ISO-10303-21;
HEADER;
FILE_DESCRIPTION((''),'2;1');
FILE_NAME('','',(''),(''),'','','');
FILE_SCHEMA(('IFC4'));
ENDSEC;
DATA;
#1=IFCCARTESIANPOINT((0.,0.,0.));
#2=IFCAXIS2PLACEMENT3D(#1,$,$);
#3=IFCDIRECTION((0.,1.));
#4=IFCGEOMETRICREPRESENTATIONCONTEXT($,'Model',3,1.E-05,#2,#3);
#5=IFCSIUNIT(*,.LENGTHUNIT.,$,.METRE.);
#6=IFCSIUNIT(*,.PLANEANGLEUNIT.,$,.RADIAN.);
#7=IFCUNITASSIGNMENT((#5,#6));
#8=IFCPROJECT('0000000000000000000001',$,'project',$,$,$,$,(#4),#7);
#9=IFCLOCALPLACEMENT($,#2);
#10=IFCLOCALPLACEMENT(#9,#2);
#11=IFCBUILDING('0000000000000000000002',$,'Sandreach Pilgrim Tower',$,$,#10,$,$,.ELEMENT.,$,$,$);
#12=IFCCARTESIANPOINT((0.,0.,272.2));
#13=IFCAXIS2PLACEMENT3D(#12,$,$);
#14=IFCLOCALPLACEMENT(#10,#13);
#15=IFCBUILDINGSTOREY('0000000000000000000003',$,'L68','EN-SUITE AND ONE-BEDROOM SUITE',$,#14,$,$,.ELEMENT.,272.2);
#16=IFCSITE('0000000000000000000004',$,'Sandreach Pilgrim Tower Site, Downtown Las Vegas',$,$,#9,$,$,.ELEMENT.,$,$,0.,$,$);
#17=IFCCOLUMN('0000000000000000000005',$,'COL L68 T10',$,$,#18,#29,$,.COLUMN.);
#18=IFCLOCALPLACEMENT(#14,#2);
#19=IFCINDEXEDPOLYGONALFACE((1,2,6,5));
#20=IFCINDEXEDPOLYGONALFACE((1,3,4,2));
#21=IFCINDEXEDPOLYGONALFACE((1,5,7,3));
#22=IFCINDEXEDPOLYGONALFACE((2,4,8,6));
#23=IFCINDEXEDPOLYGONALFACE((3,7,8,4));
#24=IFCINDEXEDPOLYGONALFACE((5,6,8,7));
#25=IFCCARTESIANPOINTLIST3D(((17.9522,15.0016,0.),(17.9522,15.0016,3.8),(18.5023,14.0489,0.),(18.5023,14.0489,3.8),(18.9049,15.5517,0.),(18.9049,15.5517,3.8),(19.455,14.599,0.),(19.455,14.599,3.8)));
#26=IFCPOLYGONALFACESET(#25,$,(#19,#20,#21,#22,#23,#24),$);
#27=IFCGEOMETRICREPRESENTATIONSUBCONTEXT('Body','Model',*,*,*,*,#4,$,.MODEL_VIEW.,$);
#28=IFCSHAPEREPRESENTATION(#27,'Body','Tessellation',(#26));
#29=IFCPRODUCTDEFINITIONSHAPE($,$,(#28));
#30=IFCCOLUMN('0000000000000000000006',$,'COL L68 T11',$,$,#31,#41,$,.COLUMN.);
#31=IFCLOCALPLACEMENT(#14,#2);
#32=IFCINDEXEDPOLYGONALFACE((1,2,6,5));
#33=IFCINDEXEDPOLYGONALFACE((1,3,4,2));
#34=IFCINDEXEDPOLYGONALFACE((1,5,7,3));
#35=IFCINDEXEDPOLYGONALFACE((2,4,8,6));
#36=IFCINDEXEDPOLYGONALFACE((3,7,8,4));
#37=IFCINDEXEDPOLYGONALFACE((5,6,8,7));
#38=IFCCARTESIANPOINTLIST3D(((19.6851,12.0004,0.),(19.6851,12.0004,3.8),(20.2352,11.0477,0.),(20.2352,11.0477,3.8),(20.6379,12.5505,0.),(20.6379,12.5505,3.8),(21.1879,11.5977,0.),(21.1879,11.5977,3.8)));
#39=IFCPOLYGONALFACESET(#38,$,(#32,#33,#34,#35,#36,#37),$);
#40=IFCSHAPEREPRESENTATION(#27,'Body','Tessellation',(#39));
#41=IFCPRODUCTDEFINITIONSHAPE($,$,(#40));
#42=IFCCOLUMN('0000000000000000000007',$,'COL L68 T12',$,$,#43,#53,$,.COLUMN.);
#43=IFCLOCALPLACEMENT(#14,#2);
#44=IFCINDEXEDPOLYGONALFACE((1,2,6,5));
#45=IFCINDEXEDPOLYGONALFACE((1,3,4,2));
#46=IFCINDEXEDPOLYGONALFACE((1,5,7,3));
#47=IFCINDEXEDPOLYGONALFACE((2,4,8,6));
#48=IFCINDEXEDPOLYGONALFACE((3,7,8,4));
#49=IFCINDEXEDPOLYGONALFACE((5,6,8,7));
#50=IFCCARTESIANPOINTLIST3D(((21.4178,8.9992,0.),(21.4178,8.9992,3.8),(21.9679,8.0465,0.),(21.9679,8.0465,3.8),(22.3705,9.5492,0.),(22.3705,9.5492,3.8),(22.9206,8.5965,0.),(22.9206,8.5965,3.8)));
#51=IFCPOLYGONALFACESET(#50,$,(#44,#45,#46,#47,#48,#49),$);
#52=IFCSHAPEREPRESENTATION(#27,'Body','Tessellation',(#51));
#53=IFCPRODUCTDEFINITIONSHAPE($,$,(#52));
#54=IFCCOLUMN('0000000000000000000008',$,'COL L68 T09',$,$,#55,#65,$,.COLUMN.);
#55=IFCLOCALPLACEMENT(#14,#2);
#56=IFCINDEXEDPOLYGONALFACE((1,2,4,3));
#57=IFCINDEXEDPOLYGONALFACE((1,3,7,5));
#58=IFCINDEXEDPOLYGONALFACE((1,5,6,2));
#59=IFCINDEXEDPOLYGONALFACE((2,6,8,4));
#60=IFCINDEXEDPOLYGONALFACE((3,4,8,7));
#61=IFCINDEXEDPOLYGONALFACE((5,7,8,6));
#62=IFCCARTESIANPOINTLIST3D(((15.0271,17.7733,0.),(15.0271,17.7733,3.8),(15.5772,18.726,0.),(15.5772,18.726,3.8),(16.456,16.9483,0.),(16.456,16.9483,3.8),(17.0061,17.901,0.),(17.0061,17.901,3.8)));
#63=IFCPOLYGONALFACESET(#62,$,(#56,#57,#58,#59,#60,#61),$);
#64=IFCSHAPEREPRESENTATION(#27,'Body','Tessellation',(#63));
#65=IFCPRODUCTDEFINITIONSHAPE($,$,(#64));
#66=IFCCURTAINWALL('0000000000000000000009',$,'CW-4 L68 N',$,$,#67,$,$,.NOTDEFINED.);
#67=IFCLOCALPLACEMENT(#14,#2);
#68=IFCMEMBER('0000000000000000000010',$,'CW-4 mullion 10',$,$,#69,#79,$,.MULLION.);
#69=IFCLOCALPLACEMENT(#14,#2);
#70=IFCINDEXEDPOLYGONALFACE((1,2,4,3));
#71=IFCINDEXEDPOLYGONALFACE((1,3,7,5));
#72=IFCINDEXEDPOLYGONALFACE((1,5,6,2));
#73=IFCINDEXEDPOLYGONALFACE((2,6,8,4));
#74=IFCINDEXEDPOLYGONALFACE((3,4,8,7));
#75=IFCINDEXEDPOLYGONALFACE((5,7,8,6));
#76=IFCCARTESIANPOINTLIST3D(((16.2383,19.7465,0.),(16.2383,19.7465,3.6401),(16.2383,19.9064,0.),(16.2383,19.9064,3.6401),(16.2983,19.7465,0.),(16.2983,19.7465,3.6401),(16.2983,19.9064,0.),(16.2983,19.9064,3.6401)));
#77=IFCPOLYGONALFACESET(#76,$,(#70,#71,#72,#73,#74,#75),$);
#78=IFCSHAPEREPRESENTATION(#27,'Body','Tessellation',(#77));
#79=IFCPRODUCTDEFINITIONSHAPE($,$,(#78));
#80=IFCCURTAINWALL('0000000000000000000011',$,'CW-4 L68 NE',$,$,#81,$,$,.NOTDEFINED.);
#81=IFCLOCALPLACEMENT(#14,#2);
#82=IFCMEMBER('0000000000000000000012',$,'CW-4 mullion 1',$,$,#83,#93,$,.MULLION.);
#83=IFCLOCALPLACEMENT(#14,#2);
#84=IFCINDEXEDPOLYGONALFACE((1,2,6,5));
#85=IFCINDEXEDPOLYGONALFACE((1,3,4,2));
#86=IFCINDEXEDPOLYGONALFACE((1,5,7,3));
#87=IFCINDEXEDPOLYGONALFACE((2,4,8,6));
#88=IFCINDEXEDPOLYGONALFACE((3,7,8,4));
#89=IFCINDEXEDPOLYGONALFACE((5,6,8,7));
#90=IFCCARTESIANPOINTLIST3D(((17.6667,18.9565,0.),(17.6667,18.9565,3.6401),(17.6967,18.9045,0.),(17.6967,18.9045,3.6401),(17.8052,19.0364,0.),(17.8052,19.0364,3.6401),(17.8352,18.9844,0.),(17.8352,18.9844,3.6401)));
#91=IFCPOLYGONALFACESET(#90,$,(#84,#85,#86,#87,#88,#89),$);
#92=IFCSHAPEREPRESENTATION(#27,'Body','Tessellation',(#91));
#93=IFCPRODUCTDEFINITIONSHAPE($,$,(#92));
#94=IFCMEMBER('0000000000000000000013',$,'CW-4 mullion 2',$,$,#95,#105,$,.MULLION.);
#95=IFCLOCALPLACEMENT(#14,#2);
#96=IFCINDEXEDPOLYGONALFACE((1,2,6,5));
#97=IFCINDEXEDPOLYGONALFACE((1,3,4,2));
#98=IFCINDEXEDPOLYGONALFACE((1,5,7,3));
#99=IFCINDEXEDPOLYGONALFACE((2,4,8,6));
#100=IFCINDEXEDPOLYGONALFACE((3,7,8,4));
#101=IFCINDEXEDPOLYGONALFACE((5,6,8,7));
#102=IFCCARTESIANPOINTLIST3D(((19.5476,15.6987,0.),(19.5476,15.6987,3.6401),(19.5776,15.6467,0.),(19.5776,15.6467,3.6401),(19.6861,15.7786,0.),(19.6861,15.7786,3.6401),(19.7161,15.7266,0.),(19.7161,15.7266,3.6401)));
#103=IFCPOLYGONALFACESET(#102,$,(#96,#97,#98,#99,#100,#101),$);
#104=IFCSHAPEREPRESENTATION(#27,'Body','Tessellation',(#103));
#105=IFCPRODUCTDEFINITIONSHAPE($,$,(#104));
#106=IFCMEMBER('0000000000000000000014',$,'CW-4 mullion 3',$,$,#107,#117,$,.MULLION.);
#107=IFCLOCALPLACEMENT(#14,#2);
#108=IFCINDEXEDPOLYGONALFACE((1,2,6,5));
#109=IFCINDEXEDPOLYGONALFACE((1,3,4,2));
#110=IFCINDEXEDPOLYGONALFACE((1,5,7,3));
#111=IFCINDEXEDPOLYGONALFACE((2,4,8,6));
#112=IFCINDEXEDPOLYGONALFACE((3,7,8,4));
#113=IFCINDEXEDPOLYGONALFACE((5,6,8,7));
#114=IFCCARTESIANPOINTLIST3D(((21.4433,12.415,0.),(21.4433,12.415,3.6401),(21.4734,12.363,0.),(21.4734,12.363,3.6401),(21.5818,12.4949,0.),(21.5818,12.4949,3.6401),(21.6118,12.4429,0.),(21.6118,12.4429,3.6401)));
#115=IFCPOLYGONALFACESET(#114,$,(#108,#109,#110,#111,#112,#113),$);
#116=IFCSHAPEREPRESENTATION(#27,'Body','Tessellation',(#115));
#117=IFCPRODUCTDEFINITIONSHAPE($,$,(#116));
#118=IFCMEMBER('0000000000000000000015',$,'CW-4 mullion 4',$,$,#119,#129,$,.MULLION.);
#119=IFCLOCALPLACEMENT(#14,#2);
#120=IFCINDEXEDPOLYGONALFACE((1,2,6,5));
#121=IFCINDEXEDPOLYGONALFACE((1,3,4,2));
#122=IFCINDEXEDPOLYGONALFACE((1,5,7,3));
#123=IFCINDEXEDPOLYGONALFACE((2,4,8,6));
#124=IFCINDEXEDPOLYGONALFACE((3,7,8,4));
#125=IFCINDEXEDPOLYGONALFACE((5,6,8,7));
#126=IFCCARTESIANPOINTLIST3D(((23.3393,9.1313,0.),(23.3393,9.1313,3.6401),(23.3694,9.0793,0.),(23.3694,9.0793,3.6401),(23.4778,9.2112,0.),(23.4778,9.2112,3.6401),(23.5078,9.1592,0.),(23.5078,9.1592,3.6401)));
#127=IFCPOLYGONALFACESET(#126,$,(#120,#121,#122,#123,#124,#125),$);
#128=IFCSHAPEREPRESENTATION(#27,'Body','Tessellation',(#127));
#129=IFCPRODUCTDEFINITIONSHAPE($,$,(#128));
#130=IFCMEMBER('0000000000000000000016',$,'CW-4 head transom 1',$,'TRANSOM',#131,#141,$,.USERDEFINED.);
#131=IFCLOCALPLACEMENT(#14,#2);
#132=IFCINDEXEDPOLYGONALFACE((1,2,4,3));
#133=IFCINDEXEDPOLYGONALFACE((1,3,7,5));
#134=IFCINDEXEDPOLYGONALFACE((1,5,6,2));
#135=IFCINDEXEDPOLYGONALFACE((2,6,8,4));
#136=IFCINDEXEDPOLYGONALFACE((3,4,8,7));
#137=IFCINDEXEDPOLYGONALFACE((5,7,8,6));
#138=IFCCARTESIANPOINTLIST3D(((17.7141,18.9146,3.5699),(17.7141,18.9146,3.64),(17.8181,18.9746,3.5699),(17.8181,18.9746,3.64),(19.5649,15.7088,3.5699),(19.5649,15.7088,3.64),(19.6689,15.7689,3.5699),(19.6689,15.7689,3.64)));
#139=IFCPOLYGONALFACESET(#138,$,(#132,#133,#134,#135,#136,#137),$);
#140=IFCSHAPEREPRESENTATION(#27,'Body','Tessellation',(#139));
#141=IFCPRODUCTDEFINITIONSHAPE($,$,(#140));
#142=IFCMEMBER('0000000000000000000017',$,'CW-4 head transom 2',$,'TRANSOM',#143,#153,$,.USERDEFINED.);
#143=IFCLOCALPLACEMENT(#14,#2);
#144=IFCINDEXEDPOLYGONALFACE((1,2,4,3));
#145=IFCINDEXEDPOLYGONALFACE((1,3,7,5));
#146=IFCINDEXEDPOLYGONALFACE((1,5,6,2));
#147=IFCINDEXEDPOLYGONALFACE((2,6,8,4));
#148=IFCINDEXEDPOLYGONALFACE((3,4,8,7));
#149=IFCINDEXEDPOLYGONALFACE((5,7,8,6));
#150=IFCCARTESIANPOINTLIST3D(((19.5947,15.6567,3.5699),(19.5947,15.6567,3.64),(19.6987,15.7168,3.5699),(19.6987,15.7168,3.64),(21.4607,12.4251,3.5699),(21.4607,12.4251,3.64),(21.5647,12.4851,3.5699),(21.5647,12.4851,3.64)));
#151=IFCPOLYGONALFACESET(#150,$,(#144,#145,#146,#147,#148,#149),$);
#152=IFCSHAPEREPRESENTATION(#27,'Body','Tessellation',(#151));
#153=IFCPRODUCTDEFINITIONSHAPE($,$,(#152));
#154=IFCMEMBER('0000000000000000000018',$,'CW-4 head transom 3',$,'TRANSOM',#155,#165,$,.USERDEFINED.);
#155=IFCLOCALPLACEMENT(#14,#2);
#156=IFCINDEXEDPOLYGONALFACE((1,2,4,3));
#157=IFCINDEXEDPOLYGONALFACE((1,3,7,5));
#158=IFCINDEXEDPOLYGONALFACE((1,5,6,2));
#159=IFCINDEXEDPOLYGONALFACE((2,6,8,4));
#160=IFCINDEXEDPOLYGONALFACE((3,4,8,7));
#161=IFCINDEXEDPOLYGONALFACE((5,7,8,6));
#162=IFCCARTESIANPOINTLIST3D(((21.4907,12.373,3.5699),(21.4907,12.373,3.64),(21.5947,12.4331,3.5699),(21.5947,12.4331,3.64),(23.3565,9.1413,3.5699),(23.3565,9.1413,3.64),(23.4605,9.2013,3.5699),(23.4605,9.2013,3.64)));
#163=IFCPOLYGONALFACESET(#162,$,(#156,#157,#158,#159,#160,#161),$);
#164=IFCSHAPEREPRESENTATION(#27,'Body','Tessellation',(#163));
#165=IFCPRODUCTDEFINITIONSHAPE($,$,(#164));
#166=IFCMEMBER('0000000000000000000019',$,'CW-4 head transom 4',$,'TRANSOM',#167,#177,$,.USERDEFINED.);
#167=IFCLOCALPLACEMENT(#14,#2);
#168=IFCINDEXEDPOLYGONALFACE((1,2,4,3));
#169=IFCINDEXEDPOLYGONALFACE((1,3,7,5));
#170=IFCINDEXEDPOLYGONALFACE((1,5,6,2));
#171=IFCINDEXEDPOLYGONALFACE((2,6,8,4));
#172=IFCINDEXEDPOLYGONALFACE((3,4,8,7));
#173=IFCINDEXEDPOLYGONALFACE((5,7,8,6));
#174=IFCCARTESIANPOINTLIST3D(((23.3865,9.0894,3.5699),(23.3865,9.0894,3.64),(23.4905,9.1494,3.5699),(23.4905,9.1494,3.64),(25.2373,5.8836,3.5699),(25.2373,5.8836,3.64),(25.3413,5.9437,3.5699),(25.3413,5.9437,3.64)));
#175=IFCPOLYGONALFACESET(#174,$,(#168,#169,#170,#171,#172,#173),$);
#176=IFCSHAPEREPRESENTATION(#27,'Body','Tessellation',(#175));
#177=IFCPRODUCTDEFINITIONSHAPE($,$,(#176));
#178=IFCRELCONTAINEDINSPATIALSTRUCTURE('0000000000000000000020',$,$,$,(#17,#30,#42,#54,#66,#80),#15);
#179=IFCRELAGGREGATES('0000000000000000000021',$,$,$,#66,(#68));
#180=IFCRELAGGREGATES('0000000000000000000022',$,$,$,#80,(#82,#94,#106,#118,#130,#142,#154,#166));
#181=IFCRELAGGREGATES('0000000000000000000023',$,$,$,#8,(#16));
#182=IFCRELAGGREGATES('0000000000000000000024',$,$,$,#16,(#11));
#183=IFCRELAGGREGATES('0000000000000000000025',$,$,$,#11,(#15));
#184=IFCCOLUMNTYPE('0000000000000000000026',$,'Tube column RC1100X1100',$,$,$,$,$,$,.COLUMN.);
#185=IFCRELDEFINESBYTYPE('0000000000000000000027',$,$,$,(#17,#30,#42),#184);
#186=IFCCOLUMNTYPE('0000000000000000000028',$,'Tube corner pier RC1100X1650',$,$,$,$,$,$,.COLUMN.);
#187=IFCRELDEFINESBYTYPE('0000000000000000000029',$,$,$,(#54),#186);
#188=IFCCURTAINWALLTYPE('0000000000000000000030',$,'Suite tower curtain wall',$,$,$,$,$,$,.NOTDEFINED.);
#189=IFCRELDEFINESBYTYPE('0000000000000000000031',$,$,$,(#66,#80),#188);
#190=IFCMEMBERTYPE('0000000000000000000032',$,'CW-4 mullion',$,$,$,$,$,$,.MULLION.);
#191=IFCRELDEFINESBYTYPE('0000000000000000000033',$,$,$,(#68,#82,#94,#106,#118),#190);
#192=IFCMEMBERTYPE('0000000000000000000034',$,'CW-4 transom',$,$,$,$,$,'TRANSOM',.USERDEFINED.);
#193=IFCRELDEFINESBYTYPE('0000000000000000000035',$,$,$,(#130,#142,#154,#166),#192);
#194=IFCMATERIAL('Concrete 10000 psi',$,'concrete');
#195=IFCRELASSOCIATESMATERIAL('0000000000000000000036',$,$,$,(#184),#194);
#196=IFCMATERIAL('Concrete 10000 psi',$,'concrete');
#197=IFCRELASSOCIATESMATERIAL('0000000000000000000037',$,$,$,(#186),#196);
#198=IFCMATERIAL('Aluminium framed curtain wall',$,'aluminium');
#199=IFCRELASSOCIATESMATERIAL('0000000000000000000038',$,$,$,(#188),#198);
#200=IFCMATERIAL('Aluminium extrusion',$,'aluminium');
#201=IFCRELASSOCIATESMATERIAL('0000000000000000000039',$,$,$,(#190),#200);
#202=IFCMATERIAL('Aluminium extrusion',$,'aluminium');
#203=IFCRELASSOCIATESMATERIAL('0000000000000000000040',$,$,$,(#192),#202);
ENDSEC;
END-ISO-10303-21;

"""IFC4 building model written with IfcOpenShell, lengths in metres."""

from ifc_helpers import new_model, si_unit, direction, frame, origin, origin_2d, place, context, subcontext, project, spatial, rectangle, extrude, material, material_profile, profile_set, type_object, element, aggregate, save


model = new_model("IFC4")

# Units and contexts
model_context = context("Model", 3, precision=1e-05, world=origin(), true_north=direction((0.0, 1.0)))
body_context = subcontext(model_context, "Body", "Model", "MODEL_VIEW")
ifc_project = project(units=[si_unit("LENGTHUNIT", "METRE"), si_unit("PLANEANGLEUNIT", "RADIAN")], contexts=[model_context])

# Site, building, storey
site_placement = place(None, origin())
site = spatial("IfcSite", under=ifc_project, at=site_placement, Name="Sandreach Pilgrim Tower Site, Downtown Las Vegas", CompositionType="ELEMENT", RefElevation=0.0)
building_placement = place(site_placement, origin())
building = spatial("IfcBuilding", under=site, at=building_placement, Name="Sandreach Pilgrim Tower", CompositionType="ELEMENT")
storey_placement = place(building_placement, frame((0.0, 0.0, 272.2)))
storey = spatial("IfcBuildingStorey", under=building, at=storey_placement, Name="L68", Description="EN-SUITE AND ONE-BEDROOM SUITE", CompositionType="ELEMENT", Elevation=272.2)

# Columns
ifc_material_1 = material(Name="Concrete 10000 psi", Category="concrete")
ifc_material_profile_1 = material_profile(ifc_material_1, rectangle(XDim=1.1001, YDim=1.1001, at=origin_2d()), Name="RC1100X1100")
ifc_profile_set_1 = profile_set([ifc_material_profile_1], Name="Concrete 10000 psi")
column_type_1 = type_object("IfcColumnType", Name="Tube column RC1100X1100", PredefinedType="COLUMN", material=ifc_profile_set_1)
for number, where, z_axis, x_axis, name in (
    (1, (18.7036, 14.8003, 0.0), (0.0, 0.0, 1.0), (0.866025, 0.5, 0.0), "COL L68 T10"),
    (2, (20.4365, 11.7991, 0.0), (0.0, 0.0, 1.0), (0.866025, 0.5, 0.0), "COL L68 T11"),
    (3, (22.1692, 8.7979, 0.0), (0.0, 0.0, 1.0), (0.866025, 0.5, 0.0), "COL L68 T12"),
):
    element("IfcColumn", number, at=place(storey_placement, frame(where, z_axis=z_axis, x_axis=x_axis)), inside=storey, type_object=column_type_1, Name=name, PredefinedType="COLUMN", context=body_context, shape_type="SweptSolid", body=[
        extrude(rectangle(XDim=1.1001, YDim=1.1001, at=origin_2d()), origin(), (0.0, 0.0, 1.0), 3.8),
    ])
ifc_material_2 = material(Name="Concrete 10000 psi", Category="concrete")
ifc_material_profile_2 = material_profile(ifc_material_2, rectangle(XDim=1.1001, YDim=1.6499, at=origin_2d()), Name="RC1100X1650")
ifc_profile_set_2 = profile_set([ifc_material_profile_2], Name="Concrete 10000 psi")
column_type_2 = type_object("IfcColumnType", Name="Tube corner pier RC1100X1650", PredefinedType="COLUMN", material=ifc_profile_set_2)
column_placement = place(storey_placement, frame((16.0166, 17.8372, 0.0), z_axis=(0.0, 0.0, 1.0), x_axis=(0.5, 0.866025, 0.0)))
element("IfcColumn", 4, at=column_placement, inside=storey, type_object=column_type_2, Name="COL L68 T09", PredefinedType="COLUMN", context=body_context, shape_type="SweptSolid", body=[
    extrude(rectangle(XDim=1.1001, YDim=1.6499, at=origin_2d()), origin(), (0.0, 0.0, 1.0), 3.8),
])

# Curtain wall, member
ifc_material_3 = material(Name="Aluminium framed curtain wall", Category="aluminium")
curtain_wall_type = type_object("IfcCurtainWallType", Name="Suite tower curtain wall", PredefinedType="NOTDEFINED", material=ifc_material_3)
curtain_wall_1_placement = place(storey_placement, origin())
curtain_wall_1 = element("IfcCurtainWall", 5, at=curtain_wall_1_placement, inside=storey, type_object=curtain_wall_type, Name="CW-4 L68 N", PredefinedType="NOTDEFINED")
ifc_material_4 = material(Name="Aluminium extrusion", Category="aluminium")
ifc_material_profile_3 = material_profile(ifc_material_4, rectangle(XDim=0.0601, YDim=0.1599, at=origin_2d()), Name="CW-4M 60X160")
ifc_profile_set_3 = profile_set([ifc_material_profile_3], Name="Aluminium extrusion")
member_type_1 = type_object("IfcMemberType", Name="CW-4 mullion", PredefinedType="MULLION", material=ifc_profile_set_3)
member_1_placement = place(storey_placement, frame((16.2683, 19.8264, 0.0), z_axis=(0.0, 0.0, 1.0), x_axis=(1.0, 0.0, 0.0)))
member_1 = element("IfcMember", 6, at=member_1_placement, type_object=member_type_1, Name="CW-4 mullion 10", PredefinedType="MULLION", context=body_context, shape_type="SweptSolid", body=[
    extrude(rectangle(XDim=0.0601, YDim=0.1599, at=origin_2d()), origin(), (0.0, 0.0, 1.0), 3.6401),
])

# Curtain wall, members
curtain_wall_2_placement = place(storey_placement, origin())
curtain_wall_2 = element("IfcCurtainWall", 7, at=curtain_wall_2_placement, inside=storey, type_object=curtain_wall_type, Name="CW-4 L68 NE", PredefinedType="NOTDEFINED")
member_2_placement = place(storey_placement, frame((17.751, 18.9705, 0.0), z_axis=(0.0, 0.0, 1.0), x_axis=(0.5, -0.866025, 0.0)))
member_2 = element("IfcMember", 8, at=member_2_placement, type_object=member_type_1, Name="CW-4 mullion 1", PredefinedType="MULLION", context=body_context, shape_type="SweptSolid", body=[
    extrude(rectangle(XDim=0.0601, YDim=0.1599, at=origin_2d()), origin(), (0.0, 0.0, 1.0), 3.6401),
])
member_3_placement = place(storey_placement, frame((19.6318, 15.7126, 0.0), z_axis=(0.0, 0.0, 1.0), x_axis=(0.5, -0.866025, 0.0)))
member_3 = element("IfcMember", 9, at=member_3_placement, type_object=member_type_1, Name="CW-4 mullion 2", PredefinedType="MULLION", context=body_context, shape_type="SweptSolid", body=[
    extrude(rectangle(XDim=0.0601, YDim=0.1599, at=origin_2d()), origin(), (0.0, 0.0, 1.0), 3.6401),
])
member_4_placement = place(storey_placement, frame((21.5276, 12.429, 0.0), z_axis=(0.0, 0.0, 1.0), x_axis=(0.5, -0.866025, 0.0)))
member_4 = element("IfcMember", 10, at=member_4_placement, type_object=member_type_1, Name="CW-4 mullion 3", PredefinedType="MULLION", context=body_context, shape_type="SweptSolid", body=[
    extrude(rectangle(XDim=0.0601, YDim=0.1599, at=origin_2d()), origin(), (0.0, 0.0, 1.0), 3.6401),
])
member_5_placement = place(storey_placement, frame((23.4236, 9.1453, 0.0), z_axis=(0.0, 0.0, 1.0), x_axis=(0.5, -0.866025, 0.0)))
member_5 = element("IfcMember", 11, at=member_5_placement, type_object=member_type_1, Name="CW-4 mullion 4", PredefinedType="MULLION", context=body_context, shape_type="SweptSolid", body=[
    extrude(rectangle(XDim=0.0601, YDim=0.1599, at=origin_2d()), origin(), (0.0, 0.0, 1.0), 3.6401),
])
ifc_material_5 = material(Name="Aluminium extrusion", Category="aluminium")
ifc_material_profile_4 = material_profile(ifc_material_5, rectangle(XDim=0.1201, YDim=0.0701, at=origin_2d()), Name="CW-4T 120X70")
ifc_profile_set_4 = profile_set([ifc_material_profile_4], Name="Aluminium extrusion")
member_type_2 = type_object("IfcMemberType", Name="CW-4 transom", ElementType="TRANSOM", PredefinedType="USERDEFINED", material=ifc_profile_set_4)
member_6_placement = place(storey_placement, frame((17.7661, 18.9446, 3.605), z_axis=(0.499991, -0.866031, 0.0), x_axis=(0.866031, 0.499991, 0.0)))
member_6 = element("IfcMember", 12, at=member_6_placement, type_object=member_type_2, Name="CW-4 head transom 1", ObjectType="TRANSOM", PredefinedType="USERDEFINED", context=body_context, shape_type="SweptSolid", body=[
    extrude(rectangle(XDim=0.1201, YDim=0.0701, at=origin_2d()), origin(), (0.0, 0.0, 1.0), 3.7017),
])
member_7_placement = place(storey_placement, frame((19.6467, 15.6868, 3.605), z_axis=(0.50003, -0.866008, 0.0), x_axis=(0.866008, 0.50003, 0.0)))
member_7 = element("IfcMember", 13, at=member_7_placement, type_object=member_type_2, Name="CW-4 head transom 2", ObjectType="TRANSOM", PredefinedType="USERDEFINED", context=body_context, shape_type="SweptSolid", body=[
    extrude(rectangle(XDim=0.1201, YDim=0.0701, at=origin_2d()), origin(), (0.0, 0.0, 1.0), 3.7317),
])
member_8_placement = place(storey_placement, frame((21.5427, 12.4031, 3.605), z_axis=(0.499981, -0.866036, 0.0), x_axis=(0.866036, 0.499981, 0.0)))
member_8 = element("IfcMember", 14, at=member_8_placement, type_object=member_type_2, Name="CW-4 head transom 3", ObjectType="TRANSOM", PredefinedType="USERDEFINED", context=body_context, shape_type="SweptSolid", body=[
    extrude(rectangle(XDim=0.1201, YDim=0.0701, at=origin_2d()), origin(), (0.0, 0.0, 1.0), 3.7317),
])
member_9_placement = place(storey_placement, frame((23.4385, 9.1194, 3.605), z_axis=(0.499991, -0.866031, 0.0), x_axis=(0.866031, 0.499991, 0.0)))
member_9 = element("IfcMember", 15, at=member_9_placement, type_object=member_type_2, Name="CW-4 head transom 4", ObjectType="TRANSOM", PredefinedType="USERDEFINED", context=body_context, shape_type="SweptSolid", body=[
    extrude(rectangle(XDim=0.1201, YDim=0.0701, at=origin_2d()), origin(), (0.0, 0.0, 1.0), 3.7017),
])

aggregate(curtain_wall_1, [member_1])
aggregate(curtain_wall_2, [member_2, member_3, member_4, member_5, member_6, member_7, member_8, member_9])

save(model, "model.ifc")
